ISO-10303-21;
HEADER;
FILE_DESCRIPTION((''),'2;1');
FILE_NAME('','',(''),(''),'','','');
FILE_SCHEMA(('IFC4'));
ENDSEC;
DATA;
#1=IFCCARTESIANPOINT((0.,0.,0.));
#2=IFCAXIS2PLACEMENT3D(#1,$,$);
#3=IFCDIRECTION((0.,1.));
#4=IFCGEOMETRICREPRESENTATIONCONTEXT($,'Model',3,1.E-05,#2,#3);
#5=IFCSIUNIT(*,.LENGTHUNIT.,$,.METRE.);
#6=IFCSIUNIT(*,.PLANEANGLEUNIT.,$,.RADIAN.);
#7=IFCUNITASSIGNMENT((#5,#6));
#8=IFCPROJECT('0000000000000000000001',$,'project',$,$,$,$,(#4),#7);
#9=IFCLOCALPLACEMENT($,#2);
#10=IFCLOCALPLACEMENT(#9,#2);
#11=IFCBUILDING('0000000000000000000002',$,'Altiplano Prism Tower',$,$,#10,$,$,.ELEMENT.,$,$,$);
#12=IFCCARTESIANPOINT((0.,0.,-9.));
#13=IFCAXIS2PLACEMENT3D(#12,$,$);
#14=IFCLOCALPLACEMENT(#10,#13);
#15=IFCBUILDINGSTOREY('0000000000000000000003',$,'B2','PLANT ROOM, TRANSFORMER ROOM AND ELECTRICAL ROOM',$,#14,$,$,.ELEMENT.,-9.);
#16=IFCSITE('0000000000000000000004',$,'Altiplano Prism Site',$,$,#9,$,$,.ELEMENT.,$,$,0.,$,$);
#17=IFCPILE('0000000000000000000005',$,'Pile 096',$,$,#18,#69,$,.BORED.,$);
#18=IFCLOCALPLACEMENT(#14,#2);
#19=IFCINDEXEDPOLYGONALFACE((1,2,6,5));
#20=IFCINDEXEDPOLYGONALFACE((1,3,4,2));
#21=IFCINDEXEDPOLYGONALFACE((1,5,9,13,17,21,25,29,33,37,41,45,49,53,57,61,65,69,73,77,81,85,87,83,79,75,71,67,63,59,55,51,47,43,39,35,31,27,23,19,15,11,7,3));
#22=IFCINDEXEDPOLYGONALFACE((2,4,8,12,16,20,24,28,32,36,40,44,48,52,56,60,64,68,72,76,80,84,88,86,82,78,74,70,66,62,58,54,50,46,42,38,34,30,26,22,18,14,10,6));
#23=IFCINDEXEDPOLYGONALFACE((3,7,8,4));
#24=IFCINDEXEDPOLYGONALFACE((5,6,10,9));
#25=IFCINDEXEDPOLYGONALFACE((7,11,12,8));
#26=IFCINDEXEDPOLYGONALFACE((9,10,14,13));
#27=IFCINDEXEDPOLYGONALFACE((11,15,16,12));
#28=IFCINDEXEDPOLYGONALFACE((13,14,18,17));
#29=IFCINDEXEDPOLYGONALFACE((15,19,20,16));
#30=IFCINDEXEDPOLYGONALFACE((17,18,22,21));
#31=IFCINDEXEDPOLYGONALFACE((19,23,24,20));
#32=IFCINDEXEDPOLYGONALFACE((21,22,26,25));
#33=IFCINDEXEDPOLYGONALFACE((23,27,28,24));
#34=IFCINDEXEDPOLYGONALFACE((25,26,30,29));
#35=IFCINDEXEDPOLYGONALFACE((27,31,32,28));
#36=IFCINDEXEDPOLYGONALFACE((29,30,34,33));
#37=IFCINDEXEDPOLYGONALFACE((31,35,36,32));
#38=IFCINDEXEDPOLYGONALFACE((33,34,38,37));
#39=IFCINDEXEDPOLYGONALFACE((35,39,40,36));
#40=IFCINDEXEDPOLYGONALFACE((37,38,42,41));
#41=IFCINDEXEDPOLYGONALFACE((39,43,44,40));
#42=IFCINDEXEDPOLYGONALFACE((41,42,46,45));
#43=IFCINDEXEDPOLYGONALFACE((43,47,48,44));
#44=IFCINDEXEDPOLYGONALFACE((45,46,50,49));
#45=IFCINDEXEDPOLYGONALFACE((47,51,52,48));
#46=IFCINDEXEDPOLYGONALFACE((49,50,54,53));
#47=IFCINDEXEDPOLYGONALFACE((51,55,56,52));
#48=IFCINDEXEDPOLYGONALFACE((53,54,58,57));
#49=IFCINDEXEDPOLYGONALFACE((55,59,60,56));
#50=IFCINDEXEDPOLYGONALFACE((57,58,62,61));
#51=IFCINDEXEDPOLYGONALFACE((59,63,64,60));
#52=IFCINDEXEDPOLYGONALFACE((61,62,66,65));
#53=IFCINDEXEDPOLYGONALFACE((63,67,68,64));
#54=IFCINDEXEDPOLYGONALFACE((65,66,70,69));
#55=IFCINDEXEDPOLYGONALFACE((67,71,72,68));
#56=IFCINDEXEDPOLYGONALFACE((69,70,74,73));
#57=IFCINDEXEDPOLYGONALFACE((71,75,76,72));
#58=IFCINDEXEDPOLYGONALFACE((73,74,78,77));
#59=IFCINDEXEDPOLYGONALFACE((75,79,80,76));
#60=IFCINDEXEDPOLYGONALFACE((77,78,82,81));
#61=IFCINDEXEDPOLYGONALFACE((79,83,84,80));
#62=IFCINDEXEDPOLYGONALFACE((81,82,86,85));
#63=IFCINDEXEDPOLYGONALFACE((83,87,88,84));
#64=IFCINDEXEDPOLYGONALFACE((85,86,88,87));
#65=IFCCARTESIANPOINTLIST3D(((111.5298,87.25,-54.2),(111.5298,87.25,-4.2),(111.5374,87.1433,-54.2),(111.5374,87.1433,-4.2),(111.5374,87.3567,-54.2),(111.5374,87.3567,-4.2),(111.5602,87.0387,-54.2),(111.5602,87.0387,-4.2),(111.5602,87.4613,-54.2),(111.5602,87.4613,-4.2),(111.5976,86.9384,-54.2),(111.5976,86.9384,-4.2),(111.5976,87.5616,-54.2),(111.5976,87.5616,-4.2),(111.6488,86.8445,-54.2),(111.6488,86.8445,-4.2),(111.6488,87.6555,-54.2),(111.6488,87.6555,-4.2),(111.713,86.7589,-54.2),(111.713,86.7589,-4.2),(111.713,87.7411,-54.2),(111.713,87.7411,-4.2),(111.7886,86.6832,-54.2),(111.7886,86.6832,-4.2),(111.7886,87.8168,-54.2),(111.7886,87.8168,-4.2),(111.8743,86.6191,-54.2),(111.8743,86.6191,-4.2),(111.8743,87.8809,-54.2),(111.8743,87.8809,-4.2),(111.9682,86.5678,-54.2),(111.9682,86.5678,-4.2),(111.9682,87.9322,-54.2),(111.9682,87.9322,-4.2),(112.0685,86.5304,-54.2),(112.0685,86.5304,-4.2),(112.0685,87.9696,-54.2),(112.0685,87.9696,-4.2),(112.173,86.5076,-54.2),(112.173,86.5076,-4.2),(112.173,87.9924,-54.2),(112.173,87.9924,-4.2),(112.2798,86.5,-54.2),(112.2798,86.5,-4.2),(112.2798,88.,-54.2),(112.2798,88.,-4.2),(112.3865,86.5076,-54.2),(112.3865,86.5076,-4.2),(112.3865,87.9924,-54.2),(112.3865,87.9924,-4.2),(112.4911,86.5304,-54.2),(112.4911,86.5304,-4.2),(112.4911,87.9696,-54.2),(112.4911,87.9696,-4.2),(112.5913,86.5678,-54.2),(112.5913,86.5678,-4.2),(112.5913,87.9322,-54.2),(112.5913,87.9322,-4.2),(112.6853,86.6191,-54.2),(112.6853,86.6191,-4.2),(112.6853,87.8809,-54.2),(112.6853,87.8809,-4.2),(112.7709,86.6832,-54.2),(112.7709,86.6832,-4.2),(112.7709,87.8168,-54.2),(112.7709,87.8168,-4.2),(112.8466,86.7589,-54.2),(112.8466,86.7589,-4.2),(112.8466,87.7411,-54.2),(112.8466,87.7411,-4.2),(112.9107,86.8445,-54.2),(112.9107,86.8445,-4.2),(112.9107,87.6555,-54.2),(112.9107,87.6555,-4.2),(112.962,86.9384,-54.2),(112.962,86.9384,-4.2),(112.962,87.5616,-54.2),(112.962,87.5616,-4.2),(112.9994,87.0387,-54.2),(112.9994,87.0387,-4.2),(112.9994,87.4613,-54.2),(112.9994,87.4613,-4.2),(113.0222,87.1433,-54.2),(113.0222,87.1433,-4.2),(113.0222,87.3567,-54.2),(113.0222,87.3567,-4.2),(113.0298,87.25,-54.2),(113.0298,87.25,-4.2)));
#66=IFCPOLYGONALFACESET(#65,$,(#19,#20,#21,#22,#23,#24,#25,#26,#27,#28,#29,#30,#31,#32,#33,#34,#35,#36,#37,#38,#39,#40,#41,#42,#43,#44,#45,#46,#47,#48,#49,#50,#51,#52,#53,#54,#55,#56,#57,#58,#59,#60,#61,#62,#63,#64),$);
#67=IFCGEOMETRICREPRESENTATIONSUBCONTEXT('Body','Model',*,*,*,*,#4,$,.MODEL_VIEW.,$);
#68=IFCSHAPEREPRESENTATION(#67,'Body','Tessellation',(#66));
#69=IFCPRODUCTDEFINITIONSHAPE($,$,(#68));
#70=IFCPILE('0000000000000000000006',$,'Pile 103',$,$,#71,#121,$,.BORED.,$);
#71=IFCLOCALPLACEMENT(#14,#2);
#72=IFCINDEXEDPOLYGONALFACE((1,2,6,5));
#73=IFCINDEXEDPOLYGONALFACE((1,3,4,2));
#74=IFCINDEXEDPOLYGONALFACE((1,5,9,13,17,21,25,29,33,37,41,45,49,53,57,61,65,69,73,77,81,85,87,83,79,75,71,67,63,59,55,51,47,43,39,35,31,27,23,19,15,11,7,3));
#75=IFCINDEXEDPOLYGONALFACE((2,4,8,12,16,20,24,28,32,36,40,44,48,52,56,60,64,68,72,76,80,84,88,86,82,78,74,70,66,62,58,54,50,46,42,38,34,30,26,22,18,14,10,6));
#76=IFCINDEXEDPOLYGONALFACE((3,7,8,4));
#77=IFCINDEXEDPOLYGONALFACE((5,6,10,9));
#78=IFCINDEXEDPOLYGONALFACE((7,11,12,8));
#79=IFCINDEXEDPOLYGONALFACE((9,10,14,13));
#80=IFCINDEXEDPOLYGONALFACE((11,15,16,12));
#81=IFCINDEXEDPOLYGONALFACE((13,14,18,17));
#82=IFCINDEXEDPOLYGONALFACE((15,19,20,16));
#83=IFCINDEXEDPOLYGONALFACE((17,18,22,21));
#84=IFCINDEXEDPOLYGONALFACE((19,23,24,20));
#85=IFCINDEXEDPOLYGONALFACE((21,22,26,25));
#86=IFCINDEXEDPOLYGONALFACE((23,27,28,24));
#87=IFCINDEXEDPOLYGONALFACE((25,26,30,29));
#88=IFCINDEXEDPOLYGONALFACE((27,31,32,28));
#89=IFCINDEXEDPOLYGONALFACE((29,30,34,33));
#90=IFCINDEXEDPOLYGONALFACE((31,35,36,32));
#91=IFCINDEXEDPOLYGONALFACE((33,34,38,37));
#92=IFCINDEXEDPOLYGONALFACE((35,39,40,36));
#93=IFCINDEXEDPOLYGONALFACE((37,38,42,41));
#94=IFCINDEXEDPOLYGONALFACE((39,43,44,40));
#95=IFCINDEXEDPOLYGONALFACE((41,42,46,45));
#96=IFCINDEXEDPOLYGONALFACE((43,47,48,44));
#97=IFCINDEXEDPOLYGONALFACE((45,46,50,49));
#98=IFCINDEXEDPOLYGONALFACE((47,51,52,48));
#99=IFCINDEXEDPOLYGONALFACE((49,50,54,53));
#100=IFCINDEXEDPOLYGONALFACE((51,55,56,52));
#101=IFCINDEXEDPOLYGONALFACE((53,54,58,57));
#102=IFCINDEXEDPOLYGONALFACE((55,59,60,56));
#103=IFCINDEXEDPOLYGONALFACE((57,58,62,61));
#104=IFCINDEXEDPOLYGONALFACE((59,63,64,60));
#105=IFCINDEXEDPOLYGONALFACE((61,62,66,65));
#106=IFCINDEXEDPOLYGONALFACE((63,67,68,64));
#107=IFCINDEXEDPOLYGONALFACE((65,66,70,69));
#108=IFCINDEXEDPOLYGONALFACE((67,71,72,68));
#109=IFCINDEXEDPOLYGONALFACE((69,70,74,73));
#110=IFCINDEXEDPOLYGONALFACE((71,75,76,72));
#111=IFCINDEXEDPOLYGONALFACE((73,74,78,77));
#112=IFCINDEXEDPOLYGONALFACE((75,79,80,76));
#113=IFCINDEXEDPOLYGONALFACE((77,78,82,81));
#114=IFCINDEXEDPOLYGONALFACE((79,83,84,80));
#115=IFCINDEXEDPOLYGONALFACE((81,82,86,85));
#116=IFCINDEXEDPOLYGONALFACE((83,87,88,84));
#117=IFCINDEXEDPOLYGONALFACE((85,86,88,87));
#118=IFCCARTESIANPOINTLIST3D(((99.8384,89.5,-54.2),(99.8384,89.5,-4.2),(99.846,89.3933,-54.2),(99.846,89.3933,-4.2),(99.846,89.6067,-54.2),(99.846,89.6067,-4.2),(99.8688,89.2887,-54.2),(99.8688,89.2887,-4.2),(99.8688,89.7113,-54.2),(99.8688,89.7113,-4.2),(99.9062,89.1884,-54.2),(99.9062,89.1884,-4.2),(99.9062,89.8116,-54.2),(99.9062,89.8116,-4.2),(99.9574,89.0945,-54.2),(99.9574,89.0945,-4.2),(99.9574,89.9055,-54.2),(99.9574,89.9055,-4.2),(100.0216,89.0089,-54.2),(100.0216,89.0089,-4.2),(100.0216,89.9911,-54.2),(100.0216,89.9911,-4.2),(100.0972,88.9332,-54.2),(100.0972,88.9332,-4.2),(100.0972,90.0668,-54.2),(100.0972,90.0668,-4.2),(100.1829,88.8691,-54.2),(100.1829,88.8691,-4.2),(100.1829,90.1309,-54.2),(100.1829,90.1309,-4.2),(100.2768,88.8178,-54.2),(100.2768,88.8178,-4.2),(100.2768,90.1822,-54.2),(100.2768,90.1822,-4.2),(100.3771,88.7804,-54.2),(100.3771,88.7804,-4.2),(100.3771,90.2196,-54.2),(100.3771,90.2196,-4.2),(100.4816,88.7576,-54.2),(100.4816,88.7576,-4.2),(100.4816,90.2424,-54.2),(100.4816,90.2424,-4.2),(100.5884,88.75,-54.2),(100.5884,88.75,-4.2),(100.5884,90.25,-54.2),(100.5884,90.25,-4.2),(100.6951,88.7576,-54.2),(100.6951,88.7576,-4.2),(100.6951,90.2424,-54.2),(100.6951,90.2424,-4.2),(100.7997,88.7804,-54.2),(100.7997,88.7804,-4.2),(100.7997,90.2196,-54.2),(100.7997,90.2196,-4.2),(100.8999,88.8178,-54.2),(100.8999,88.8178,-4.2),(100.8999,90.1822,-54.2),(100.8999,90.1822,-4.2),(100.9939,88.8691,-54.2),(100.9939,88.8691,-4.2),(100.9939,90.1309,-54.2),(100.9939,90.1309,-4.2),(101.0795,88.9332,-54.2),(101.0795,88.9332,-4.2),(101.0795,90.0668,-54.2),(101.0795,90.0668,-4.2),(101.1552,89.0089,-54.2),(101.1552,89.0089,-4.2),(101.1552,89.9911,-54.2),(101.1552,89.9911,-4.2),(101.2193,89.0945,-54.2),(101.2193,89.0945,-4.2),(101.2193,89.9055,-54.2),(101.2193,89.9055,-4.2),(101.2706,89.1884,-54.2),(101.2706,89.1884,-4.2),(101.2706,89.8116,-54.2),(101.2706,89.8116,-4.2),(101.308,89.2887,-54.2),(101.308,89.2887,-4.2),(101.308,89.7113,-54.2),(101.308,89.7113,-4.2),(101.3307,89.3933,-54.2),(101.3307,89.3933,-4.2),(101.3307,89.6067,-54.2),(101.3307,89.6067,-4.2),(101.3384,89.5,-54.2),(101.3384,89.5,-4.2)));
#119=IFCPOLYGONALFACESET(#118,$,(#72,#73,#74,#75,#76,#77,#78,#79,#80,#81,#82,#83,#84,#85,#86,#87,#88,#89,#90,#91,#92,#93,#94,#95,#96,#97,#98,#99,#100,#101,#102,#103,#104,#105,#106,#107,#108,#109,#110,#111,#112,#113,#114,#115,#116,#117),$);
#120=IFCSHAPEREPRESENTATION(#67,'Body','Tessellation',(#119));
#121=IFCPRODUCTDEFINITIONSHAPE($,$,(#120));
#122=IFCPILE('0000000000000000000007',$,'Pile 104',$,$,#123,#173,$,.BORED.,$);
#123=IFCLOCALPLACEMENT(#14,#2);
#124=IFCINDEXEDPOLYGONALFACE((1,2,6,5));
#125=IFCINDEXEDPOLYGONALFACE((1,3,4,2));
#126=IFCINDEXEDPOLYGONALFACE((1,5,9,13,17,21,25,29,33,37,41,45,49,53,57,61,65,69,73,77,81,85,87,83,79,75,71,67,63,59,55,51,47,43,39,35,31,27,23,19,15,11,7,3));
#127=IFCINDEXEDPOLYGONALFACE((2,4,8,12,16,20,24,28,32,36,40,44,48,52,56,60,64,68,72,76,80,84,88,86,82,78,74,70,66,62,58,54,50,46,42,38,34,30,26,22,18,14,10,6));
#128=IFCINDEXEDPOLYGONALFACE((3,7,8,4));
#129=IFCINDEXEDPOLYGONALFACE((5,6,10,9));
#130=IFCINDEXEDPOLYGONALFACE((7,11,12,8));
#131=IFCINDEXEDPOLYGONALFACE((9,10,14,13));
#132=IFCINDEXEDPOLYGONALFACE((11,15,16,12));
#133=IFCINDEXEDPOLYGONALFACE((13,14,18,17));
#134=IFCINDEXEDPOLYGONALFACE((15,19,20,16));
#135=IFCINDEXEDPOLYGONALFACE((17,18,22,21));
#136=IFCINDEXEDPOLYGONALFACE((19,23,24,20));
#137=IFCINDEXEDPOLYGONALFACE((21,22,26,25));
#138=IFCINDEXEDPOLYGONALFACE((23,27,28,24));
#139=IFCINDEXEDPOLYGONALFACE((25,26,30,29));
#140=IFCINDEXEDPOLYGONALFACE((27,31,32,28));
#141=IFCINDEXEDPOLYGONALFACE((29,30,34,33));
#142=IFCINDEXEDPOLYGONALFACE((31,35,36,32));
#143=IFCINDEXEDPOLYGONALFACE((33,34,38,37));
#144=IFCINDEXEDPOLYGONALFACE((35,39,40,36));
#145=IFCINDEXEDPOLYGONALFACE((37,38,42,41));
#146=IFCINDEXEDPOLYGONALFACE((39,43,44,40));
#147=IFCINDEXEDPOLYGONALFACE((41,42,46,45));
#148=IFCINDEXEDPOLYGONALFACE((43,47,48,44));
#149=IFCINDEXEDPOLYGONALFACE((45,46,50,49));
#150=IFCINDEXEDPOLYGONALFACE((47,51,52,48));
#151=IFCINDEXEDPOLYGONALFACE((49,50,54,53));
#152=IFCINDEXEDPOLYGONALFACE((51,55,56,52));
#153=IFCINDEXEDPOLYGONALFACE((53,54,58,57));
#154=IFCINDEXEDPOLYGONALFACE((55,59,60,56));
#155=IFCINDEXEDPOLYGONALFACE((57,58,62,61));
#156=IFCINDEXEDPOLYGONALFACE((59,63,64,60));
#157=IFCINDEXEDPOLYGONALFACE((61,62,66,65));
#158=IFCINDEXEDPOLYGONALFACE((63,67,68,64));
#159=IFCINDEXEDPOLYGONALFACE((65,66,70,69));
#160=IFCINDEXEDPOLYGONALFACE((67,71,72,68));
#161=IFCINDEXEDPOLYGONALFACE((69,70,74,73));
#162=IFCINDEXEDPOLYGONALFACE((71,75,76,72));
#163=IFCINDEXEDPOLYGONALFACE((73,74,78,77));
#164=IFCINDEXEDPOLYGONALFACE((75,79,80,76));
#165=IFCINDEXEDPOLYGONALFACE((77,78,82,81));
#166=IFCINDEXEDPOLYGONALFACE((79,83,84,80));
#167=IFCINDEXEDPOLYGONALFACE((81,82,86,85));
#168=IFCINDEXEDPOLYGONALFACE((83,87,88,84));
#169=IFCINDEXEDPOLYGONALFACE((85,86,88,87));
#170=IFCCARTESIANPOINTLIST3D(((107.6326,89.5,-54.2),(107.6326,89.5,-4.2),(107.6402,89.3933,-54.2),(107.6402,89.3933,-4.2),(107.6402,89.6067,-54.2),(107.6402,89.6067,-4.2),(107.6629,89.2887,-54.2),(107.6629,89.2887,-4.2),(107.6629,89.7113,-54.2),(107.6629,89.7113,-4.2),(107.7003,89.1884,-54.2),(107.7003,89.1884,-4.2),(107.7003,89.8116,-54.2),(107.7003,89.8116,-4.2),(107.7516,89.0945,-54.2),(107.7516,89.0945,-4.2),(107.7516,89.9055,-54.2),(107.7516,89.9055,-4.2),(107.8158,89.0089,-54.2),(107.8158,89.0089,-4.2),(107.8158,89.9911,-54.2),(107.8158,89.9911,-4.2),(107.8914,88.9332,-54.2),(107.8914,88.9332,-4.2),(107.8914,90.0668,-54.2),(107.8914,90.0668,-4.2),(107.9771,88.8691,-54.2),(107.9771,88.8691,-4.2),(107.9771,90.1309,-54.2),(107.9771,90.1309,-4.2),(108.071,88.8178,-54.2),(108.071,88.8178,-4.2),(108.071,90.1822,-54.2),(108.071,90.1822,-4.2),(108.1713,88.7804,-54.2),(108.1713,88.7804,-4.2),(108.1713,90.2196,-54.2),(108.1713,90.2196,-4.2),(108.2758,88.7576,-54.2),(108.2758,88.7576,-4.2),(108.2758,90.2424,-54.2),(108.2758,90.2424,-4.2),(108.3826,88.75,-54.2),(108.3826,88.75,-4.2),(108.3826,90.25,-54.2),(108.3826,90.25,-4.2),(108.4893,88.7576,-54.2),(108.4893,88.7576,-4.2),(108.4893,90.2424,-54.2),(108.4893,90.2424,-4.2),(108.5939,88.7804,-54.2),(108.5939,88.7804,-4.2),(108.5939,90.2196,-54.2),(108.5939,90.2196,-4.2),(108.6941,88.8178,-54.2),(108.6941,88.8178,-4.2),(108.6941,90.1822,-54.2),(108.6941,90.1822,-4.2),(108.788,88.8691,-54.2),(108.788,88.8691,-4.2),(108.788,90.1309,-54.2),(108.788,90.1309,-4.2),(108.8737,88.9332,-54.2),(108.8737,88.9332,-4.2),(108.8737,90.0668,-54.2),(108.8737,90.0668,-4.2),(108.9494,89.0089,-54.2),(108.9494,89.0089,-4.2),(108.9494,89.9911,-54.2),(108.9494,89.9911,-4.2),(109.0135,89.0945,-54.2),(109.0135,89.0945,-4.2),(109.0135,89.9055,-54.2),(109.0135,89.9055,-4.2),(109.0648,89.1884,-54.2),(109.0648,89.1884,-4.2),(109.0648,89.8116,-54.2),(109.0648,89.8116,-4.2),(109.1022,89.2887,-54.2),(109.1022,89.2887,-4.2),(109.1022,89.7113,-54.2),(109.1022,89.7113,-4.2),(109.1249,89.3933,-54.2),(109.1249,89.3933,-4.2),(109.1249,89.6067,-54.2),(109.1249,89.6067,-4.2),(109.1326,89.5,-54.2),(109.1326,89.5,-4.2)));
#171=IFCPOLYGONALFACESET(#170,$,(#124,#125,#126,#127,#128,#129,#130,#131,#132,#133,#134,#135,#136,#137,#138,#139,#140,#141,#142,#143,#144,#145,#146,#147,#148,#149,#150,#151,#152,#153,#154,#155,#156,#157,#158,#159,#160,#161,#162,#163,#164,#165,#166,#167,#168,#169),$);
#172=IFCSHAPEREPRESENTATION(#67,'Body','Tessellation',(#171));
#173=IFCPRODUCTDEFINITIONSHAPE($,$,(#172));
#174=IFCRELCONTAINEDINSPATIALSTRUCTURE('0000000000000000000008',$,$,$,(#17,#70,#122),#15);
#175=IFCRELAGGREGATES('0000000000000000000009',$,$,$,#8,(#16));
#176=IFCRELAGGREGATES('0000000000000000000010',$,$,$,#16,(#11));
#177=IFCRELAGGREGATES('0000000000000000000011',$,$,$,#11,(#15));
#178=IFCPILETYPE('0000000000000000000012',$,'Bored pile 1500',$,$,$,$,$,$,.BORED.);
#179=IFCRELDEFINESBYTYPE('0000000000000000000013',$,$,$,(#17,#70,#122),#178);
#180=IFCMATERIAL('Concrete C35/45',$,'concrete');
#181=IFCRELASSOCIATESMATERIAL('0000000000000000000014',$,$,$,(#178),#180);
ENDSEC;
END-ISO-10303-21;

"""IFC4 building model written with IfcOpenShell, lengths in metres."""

from ifc_helpers import new_model, si_unit, direction, frame, origin, origin_2d, place, context, subcontext, project, spatial, circle, extrude, material, material_profile, profile_set, type_object, element, save


model = new_model("IFC4")

# Units and contexts
model_context = context("Model", 3, precision=1e-05, world=origin(), true_north=direction((0.0, 1.0)))
body_context = subcontext(model_context, "Body", "Model", "MODEL_VIEW")
ifc_project = project(units=[si_unit("LENGTHUNIT", "METRE"), si_unit("PLANEANGLEUNIT", "RADIAN")], contexts=[model_context])

# Site, building, storey
site_placement = place(None, origin())
site = spatial("IfcSite", under=ifc_project, at=site_placement, Name="Altiplano Prism Site", CompositionType="ELEMENT", RefElevation=0.0)
building_placement = place(site_placement, origin())
building = spatial("IfcBuilding", under=site, at=building_placement, Name="Altiplano Prism Tower", CompositionType="ELEMENT")
storey_placement = place(building_placement, frame((0.0, 0.0, -9.0)))
storey = spatial("IfcBuildingStorey", under=building, at=storey_placement, Name="B2", Description="PLANT ROOM, TRANSFORMER ROOM AND ELECTRICAL ROOM", CompositionType="ELEMENT", Elevation=-9.0)

# Piles
ifc_material_1 = material(Name="Concrete C35/45", Category="concrete")
ifc_material_profile_1 = material_profile(ifc_material_1, circle(Radius=0.75, at=origin_2d()), Name="Bored pile 1500")
ifc_profile_set_1 = profile_set([ifc_material_profile_1], Name="Concrete C35/45")
pile_type = type_object("IfcPileType", Name="Bored pile 1500", PredefinedType="BORED", material=ifc_profile_set_1)
for number, where, z_axis, x_axis, name in (
    (1, (112.2798, 87.25, -4.2), (0.0, 0.0, -1.0), (1.0, 0.0, 0.0), "Pile 096"),
    (2, (100.5884, 89.5, -4.2), (0.0, 0.0, -1.0), (1.0, 0.0, 0.0), "Pile 103"),
    (3, (108.3826, 89.5, -4.2), (0.0, 0.0, -1.0), (1.0, 0.0, 0.0), "Pile 104"),
):
    element("IfcPile", number, at=place(storey_placement, frame(where, z_axis=z_axis, x_axis=x_axis)), inside=storey, type_object=pile_type, Name=name, PredefinedType="BORED", context=body_context, shape_type="SweptSolid", body=[
        extrude(circle(Radius=0.75, at=origin_2d()), origin(), (0.0, 0.0, 1.0), 50.0),
    ])

save(model, "model.ifc")
